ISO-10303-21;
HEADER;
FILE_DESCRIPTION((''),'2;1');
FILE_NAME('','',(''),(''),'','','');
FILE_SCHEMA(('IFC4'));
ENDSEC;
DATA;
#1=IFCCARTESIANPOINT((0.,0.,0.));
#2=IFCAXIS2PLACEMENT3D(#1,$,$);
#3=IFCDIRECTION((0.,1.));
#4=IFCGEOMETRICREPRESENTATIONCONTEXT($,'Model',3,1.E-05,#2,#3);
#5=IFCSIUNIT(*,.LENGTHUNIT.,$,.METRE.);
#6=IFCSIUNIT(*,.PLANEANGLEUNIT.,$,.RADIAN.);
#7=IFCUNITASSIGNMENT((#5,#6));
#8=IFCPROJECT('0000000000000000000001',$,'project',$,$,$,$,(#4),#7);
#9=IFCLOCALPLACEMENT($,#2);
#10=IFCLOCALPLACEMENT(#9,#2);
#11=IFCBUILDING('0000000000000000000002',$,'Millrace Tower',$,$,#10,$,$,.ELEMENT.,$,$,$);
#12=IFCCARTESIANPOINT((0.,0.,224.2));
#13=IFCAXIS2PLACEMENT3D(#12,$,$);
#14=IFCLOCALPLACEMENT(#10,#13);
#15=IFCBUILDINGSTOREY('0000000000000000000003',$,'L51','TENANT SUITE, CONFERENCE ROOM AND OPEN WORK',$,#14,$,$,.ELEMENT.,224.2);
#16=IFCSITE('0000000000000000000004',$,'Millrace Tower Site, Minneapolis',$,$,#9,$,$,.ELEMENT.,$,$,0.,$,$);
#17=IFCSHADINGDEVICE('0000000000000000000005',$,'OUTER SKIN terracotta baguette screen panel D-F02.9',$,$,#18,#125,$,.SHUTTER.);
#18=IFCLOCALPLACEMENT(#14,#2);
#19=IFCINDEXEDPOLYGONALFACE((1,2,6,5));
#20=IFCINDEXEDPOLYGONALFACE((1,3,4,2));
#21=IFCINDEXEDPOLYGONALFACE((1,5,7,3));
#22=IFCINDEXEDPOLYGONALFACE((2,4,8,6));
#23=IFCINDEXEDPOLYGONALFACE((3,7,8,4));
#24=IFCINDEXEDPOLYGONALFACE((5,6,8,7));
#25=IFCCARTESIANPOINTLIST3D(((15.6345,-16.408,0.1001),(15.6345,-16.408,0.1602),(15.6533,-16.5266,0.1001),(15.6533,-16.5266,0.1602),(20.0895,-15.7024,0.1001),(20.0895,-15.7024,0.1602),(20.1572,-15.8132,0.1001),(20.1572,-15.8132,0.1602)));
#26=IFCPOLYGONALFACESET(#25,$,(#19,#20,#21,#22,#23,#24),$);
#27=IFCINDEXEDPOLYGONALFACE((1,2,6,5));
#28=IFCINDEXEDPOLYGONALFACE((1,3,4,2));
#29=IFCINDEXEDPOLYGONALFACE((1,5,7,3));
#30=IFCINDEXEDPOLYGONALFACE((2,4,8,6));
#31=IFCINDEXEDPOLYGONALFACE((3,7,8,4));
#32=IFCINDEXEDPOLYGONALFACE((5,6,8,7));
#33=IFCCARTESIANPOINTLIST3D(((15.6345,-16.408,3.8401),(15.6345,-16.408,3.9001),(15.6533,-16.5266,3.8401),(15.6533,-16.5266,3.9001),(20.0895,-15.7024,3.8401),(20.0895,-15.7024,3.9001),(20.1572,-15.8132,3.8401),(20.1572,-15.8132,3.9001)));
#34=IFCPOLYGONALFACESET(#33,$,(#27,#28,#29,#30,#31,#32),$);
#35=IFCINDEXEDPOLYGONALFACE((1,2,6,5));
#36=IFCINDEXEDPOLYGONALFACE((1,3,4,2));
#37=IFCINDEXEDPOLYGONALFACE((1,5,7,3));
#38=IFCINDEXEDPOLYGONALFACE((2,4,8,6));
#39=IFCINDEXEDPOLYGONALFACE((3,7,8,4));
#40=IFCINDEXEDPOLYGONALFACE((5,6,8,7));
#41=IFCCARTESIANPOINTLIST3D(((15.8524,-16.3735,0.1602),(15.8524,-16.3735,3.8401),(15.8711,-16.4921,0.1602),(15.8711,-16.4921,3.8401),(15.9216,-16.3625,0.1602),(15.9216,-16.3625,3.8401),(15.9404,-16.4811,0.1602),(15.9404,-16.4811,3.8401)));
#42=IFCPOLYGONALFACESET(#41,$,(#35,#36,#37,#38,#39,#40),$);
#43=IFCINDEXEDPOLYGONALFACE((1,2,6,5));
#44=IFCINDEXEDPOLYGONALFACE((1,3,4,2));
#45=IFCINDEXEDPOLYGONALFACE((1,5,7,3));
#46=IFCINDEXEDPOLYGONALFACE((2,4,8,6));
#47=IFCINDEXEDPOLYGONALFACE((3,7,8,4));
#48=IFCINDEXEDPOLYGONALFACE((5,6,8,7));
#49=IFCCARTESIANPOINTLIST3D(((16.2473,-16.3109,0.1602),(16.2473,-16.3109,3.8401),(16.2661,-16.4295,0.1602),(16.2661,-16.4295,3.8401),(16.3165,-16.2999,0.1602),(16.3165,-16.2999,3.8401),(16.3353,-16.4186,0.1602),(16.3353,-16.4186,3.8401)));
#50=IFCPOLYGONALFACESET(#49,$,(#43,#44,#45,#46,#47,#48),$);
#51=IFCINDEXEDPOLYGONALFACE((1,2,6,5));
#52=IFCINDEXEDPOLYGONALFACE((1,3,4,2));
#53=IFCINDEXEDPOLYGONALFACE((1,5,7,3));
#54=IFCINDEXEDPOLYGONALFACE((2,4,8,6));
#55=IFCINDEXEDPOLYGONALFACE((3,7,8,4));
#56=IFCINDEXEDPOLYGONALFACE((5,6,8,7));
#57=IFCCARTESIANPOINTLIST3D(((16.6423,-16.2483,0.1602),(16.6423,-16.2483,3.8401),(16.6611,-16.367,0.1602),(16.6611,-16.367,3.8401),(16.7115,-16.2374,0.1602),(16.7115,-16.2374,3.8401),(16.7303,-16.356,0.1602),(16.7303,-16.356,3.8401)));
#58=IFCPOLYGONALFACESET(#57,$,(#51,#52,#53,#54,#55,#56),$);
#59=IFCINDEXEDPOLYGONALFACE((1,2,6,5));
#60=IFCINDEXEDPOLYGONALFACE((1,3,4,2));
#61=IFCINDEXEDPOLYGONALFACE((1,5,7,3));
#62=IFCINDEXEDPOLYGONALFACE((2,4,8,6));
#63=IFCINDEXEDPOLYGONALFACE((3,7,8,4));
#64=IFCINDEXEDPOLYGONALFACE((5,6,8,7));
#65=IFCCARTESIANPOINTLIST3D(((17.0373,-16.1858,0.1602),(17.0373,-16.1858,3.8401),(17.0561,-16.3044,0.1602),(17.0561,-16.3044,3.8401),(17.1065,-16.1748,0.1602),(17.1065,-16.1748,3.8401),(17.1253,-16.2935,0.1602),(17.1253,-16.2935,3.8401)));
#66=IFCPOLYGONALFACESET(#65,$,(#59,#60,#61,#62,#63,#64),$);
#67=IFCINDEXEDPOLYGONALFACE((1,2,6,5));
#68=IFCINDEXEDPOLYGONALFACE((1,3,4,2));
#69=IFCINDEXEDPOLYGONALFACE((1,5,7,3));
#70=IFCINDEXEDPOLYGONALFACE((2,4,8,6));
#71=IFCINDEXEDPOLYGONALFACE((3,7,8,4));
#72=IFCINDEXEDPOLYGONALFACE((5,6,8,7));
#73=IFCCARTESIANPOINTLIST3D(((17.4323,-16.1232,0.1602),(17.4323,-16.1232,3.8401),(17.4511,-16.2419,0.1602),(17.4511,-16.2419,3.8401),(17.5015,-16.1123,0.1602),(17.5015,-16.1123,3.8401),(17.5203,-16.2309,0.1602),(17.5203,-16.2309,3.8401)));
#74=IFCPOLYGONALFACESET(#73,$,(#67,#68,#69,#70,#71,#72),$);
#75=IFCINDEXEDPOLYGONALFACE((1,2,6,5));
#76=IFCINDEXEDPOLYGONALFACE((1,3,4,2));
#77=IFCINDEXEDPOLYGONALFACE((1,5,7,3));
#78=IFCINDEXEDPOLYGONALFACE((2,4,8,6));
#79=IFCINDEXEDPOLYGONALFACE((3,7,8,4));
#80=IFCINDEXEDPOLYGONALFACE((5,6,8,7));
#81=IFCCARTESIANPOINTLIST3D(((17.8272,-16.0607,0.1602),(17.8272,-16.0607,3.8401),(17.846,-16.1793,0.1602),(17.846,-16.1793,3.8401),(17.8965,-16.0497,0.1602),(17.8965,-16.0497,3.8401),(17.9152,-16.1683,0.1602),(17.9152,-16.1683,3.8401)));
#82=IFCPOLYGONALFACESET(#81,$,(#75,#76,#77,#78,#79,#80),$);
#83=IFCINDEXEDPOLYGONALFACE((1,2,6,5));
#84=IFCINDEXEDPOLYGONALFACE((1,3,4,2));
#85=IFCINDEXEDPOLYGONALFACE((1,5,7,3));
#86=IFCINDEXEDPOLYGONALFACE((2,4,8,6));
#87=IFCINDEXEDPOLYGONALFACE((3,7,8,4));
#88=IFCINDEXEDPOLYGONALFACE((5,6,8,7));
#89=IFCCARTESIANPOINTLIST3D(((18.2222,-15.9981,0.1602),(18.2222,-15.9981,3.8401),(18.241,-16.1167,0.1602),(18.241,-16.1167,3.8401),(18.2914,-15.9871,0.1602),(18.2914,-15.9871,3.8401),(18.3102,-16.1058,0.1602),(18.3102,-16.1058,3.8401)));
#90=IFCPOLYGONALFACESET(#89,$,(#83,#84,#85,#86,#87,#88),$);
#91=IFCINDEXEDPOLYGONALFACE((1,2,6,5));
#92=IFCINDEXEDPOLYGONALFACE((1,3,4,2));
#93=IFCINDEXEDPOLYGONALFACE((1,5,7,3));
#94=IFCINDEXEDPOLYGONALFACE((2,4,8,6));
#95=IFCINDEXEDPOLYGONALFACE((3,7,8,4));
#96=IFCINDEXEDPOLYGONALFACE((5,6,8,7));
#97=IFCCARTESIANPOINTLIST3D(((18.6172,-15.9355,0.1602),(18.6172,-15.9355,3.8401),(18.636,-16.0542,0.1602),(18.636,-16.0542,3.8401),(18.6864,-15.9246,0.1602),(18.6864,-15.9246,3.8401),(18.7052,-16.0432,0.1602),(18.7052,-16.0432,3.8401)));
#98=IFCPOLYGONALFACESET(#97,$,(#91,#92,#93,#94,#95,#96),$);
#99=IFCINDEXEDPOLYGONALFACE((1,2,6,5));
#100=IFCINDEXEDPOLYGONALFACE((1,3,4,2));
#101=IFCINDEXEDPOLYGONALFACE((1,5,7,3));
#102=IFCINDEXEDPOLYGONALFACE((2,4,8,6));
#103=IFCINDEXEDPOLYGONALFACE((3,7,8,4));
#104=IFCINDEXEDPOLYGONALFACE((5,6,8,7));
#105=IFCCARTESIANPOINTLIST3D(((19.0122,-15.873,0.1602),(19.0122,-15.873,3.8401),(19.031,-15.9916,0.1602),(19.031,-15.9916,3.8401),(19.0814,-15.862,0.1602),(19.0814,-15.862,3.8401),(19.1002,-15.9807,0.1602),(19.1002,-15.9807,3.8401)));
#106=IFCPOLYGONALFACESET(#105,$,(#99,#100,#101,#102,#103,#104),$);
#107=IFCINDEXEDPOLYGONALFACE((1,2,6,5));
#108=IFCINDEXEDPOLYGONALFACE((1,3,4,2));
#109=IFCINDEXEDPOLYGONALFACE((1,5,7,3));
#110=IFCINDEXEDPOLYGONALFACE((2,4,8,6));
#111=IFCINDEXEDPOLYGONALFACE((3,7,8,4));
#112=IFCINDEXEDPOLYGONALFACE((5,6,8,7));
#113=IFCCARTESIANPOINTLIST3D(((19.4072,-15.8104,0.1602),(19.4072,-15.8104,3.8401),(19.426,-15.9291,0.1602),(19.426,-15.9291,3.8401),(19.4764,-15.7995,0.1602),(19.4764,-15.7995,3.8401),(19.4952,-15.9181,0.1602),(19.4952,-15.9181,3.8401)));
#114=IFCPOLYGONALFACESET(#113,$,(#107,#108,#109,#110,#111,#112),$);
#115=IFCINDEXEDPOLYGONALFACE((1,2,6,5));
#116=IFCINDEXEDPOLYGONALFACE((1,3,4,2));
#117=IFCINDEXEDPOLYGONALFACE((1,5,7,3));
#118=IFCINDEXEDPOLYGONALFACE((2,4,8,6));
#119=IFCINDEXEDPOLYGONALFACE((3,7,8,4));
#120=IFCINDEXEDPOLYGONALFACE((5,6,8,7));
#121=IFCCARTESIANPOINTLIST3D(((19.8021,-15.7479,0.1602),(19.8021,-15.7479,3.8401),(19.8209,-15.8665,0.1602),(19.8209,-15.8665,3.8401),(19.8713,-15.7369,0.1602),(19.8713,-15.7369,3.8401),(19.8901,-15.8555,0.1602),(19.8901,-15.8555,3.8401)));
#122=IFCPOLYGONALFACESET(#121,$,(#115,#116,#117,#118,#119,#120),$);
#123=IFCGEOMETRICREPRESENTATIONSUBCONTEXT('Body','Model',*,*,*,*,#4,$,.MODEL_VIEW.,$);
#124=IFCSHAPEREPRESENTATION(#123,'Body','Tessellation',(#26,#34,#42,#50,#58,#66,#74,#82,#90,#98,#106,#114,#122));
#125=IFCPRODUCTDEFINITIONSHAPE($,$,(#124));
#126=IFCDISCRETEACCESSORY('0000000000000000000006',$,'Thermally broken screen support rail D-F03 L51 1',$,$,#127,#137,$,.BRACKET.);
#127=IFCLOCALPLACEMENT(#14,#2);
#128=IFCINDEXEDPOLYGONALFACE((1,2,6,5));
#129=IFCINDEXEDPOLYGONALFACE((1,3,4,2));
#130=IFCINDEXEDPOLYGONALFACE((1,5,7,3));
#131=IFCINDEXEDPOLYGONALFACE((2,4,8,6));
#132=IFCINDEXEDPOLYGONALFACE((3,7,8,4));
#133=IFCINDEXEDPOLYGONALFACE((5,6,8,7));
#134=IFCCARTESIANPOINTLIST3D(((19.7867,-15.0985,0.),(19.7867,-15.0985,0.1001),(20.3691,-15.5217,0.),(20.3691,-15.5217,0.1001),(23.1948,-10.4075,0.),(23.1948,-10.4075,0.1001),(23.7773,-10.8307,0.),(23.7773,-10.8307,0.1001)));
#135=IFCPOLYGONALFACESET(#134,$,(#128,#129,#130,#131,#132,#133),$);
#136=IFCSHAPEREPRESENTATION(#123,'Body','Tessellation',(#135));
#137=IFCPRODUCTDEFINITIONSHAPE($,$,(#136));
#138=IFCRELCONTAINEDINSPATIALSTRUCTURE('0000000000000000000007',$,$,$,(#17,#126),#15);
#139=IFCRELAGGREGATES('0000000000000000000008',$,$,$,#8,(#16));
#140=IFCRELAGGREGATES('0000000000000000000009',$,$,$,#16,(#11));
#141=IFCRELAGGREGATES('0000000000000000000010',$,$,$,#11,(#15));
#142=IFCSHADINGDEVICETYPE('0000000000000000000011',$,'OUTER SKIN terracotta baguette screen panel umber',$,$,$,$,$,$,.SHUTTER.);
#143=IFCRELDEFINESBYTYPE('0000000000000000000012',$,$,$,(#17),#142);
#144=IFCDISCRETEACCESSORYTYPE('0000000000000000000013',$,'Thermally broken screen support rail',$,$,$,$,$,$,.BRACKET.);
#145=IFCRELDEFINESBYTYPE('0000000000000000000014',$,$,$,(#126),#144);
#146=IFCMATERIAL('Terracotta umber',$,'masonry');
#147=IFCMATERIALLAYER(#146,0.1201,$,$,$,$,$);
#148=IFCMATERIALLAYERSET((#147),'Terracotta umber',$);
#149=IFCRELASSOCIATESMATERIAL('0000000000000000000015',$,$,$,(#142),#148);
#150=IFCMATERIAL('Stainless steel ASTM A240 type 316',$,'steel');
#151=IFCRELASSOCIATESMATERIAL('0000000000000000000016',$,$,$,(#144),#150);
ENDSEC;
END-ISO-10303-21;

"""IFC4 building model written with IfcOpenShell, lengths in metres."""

from ifc_helpers import new_model, entity, si_unit, direction, frame, frame_2d, origin, origin_2d, place, context, subcontext, project, spatial, rectangle, extrude, source, transform, mapped, material, layer, layer_set, type_object, element, save


model = new_model("IFC4")

# Units and contexts
model_context = context("Model", 3, precision=1e-05, world=origin(), true_north=direction((0.0, 1.0)))
body_context = subcontext(model_context, "Body", "Model", "MODEL_VIEW")
ifc_project = project(units=[si_unit("LENGTHUNIT", "METRE"), si_unit("PLANEANGLEUNIT", "RADIAN")], contexts=[model_context])

# Site, building, storey
site_placement = place(None, origin())
site = spatial("IfcSite", under=ifc_project, at=site_placement, Name="Millrace Tower Site, Minneapolis", CompositionType="ELEMENT", RefElevation=0.0)
building_placement = place(site_placement, origin())
building = spatial("IfcBuilding", under=site, at=building_placement, Name="Millrace Tower", CompositionType="ELEMENT")
storey_placement = place(building_placement, frame((0.0, 0.0, 224.2)))
storey = spatial("IfcBuildingStorey", under=building, at=storey_placement, Name="L51", Description="TENANT SUITE, CONFERENCE ROOM AND OPEN WORK", CompositionType="ELEMENT", Elevation=224.2)

# Shading device
ifc_material_1 = material(Name="Terracotta umber", Category="masonry")
ifc_layer_1 = layer(ifc_material_1, 0.1201)
ifc_layer_set_1 = layer_set([ifc_layer_1], Name="Terracotta umber")
shading_device_type = type_object("IfcShadingDeviceType", Name="OUTER SKIN terracotta baguette screen panel umber", PredefinedType="SHUTTER", material=ifc_layer_set_1)
cartesian_point_1 = entity("IfcCartesianPoint", [-2.2676, 0.0601])
shared_polyline_1 = entity("IfcPolyline", [cartesian_point_1, entity("IfcCartesianPoint", [2.2429, 0.0601]), entity("IfcCartesianPoint", [2.2925, -0.0601]), entity("IfcCartesianPoint", [-2.2676, -0.0601]), cartesian_point_1])
shared_shape_1 = source(origin(), body_context, "Body", "SweptSolid", [
    entity("IfcExtrudedAreaSolid", entity("IfcArbitraryClosedProfileDef", "AREA", None, shared_polyline_1), entity("IfcAxis2Placement3D", entity("IfcCartesianPoint", [0.0, 0.0, 0.0])), entity("IfcDirection", [0.0, 0.0, 1.0]), 0.0601),
    entity("IfcExtrudedAreaSolid", entity("IfcArbitraryClosedProfileDef", "AREA", None, shared_polyline_1), entity("IfcAxis2Placement3D", entity("IfcCartesianPoint", [0.0, 0.0, 3.74])), entity("IfcDirection", [0.0, 0.0, 1.0]), 0.0601),
    extrude(rectangle(XDim=0.0701, YDim=0.1201, at=frame_2d((-2.012, 0.0))), frame((0.0, 0.0, 0.0601)), (0.0, 0.0, 1.0), 3.6799),
    extrude(rectangle(XDim=0.0701, YDim=0.1201, at=frame_2d((-1.6121, 0.0))), frame((0.0, 0.0, 0.0601)), (0.0, 0.0, 1.0), 3.6799),
    extrude(rectangle(XDim=0.0701, YDim=0.1201, at=frame_2d((-1.2122, 0.0))), frame((0.0, 0.0, 0.0601)), (0.0, 0.0, 1.0), 3.6799),
    extrude(rectangle(XDim=0.0701, YDim=0.1201, at=frame_2d((-0.8123, 0.0))), frame((0.0, 0.0, 0.0601)), (0.0, 0.0, 1.0), 3.6799),
    extrude(rectangle(XDim=0.0701, YDim=0.1201, at=frame_2d((-0.4124, 0.0))), frame((0.0, 0.0, 0.0601)), (0.0, 0.0, 1.0), 3.6799),
    extrude(rectangle(XDim=0.0701, YDim=0.1201, at=frame_2d((-0.0125, 0.0))), frame((0.0, 0.0, 0.0601)), (0.0, 0.0, 1.0), 3.6799),
    extrude(rectangle(XDim=0.0701, YDim=0.1201, at=frame_2d((0.3875, 0.0))), frame((0.0, 0.0, 0.0601)), (0.0, 0.0, 1.0), 3.6799),
    extrude(rectangle(XDim=0.0701, YDim=0.1201, at=frame_2d((0.7874, 0.0))), frame((0.0, 0.0, 0.0601)), (0.0, 0.0, 1.0), 3.6799),
    extrude(rectangle(XDim=0.0701, YDim=0.1201, at=frame_2d((1.1873, 0.0))), frame((0.0, 0.0, 0.0601)), (0.0, 0.0, 1.0), 3.6799),
    extrude(rectangle(XDim=0.0701, YDim=0.1201, at=frame_2d((1.5872, 0.0))), frame((0.0, 0.0, 0.0601)), (0.0, 0.0, 1.0), 3.6799),
    extrude(rectangle(XDim=0.0701, YDim=0.1201, at=frame_2d((1.9871, 0.0))), frame((0.0, 0.0, 0.0601)), (0.0, 0.0, 1.0), 3.6799),
])
shading_device_1_placement = place(storey_placement, frame((17.8835, -16.1125, 0.1001), z_axis=(0.0, 0.0, 1.0), x_axis=(0.987688, 0.156434, 0.0)))
element("IfcShadingDevice", 1, at=shading_device_1_placement, inside=storey, type_object=shading_device_type, Name="OUTER SKIN terracotta baguette screen panel D-F02.9", PredefinedType="SHUTTER", context=body_context, shape_type="MappedRepresentation", body=[
    mapped(shared_shape_1, transform((0.0, 0.0, 0.0), scale=1.0)),
])

# Discrete accessory
ifc_material_2 = material(Name="Stainless steel ASTM A240 type 316", Category="steel")
discrete_accessory_type = type_object("IfcDiscreteAccessoryType", Name="Thermally broken screen support rail", PredefinedType="BRACKET", material=ifc_material_2)
discrete_accessory_placement = place(storey_placement, frame((21.782, -12.9646, 0.0), z_axis=(0.0, 0.0, 1.0), x_axis=(0.587785, 0.809017, 0.0)))
element("IfcDiscreteAccessory", 2, at=discrete_accessory_placement, inside=storey, type_object=discrete_accessory_type, Name="Thermally broken screen support rail D-F03 L51 1", PredefinedType="BRACKET", context=body_context, shape_type="SweptSolid", body=[
    extrude(rectangle(XDim=5.7983, YDim=0.72, at=origin_2d()), origin(), (0.0, 0.0, 1.0), 0.1001),
])

save(model, "model.ifc")
